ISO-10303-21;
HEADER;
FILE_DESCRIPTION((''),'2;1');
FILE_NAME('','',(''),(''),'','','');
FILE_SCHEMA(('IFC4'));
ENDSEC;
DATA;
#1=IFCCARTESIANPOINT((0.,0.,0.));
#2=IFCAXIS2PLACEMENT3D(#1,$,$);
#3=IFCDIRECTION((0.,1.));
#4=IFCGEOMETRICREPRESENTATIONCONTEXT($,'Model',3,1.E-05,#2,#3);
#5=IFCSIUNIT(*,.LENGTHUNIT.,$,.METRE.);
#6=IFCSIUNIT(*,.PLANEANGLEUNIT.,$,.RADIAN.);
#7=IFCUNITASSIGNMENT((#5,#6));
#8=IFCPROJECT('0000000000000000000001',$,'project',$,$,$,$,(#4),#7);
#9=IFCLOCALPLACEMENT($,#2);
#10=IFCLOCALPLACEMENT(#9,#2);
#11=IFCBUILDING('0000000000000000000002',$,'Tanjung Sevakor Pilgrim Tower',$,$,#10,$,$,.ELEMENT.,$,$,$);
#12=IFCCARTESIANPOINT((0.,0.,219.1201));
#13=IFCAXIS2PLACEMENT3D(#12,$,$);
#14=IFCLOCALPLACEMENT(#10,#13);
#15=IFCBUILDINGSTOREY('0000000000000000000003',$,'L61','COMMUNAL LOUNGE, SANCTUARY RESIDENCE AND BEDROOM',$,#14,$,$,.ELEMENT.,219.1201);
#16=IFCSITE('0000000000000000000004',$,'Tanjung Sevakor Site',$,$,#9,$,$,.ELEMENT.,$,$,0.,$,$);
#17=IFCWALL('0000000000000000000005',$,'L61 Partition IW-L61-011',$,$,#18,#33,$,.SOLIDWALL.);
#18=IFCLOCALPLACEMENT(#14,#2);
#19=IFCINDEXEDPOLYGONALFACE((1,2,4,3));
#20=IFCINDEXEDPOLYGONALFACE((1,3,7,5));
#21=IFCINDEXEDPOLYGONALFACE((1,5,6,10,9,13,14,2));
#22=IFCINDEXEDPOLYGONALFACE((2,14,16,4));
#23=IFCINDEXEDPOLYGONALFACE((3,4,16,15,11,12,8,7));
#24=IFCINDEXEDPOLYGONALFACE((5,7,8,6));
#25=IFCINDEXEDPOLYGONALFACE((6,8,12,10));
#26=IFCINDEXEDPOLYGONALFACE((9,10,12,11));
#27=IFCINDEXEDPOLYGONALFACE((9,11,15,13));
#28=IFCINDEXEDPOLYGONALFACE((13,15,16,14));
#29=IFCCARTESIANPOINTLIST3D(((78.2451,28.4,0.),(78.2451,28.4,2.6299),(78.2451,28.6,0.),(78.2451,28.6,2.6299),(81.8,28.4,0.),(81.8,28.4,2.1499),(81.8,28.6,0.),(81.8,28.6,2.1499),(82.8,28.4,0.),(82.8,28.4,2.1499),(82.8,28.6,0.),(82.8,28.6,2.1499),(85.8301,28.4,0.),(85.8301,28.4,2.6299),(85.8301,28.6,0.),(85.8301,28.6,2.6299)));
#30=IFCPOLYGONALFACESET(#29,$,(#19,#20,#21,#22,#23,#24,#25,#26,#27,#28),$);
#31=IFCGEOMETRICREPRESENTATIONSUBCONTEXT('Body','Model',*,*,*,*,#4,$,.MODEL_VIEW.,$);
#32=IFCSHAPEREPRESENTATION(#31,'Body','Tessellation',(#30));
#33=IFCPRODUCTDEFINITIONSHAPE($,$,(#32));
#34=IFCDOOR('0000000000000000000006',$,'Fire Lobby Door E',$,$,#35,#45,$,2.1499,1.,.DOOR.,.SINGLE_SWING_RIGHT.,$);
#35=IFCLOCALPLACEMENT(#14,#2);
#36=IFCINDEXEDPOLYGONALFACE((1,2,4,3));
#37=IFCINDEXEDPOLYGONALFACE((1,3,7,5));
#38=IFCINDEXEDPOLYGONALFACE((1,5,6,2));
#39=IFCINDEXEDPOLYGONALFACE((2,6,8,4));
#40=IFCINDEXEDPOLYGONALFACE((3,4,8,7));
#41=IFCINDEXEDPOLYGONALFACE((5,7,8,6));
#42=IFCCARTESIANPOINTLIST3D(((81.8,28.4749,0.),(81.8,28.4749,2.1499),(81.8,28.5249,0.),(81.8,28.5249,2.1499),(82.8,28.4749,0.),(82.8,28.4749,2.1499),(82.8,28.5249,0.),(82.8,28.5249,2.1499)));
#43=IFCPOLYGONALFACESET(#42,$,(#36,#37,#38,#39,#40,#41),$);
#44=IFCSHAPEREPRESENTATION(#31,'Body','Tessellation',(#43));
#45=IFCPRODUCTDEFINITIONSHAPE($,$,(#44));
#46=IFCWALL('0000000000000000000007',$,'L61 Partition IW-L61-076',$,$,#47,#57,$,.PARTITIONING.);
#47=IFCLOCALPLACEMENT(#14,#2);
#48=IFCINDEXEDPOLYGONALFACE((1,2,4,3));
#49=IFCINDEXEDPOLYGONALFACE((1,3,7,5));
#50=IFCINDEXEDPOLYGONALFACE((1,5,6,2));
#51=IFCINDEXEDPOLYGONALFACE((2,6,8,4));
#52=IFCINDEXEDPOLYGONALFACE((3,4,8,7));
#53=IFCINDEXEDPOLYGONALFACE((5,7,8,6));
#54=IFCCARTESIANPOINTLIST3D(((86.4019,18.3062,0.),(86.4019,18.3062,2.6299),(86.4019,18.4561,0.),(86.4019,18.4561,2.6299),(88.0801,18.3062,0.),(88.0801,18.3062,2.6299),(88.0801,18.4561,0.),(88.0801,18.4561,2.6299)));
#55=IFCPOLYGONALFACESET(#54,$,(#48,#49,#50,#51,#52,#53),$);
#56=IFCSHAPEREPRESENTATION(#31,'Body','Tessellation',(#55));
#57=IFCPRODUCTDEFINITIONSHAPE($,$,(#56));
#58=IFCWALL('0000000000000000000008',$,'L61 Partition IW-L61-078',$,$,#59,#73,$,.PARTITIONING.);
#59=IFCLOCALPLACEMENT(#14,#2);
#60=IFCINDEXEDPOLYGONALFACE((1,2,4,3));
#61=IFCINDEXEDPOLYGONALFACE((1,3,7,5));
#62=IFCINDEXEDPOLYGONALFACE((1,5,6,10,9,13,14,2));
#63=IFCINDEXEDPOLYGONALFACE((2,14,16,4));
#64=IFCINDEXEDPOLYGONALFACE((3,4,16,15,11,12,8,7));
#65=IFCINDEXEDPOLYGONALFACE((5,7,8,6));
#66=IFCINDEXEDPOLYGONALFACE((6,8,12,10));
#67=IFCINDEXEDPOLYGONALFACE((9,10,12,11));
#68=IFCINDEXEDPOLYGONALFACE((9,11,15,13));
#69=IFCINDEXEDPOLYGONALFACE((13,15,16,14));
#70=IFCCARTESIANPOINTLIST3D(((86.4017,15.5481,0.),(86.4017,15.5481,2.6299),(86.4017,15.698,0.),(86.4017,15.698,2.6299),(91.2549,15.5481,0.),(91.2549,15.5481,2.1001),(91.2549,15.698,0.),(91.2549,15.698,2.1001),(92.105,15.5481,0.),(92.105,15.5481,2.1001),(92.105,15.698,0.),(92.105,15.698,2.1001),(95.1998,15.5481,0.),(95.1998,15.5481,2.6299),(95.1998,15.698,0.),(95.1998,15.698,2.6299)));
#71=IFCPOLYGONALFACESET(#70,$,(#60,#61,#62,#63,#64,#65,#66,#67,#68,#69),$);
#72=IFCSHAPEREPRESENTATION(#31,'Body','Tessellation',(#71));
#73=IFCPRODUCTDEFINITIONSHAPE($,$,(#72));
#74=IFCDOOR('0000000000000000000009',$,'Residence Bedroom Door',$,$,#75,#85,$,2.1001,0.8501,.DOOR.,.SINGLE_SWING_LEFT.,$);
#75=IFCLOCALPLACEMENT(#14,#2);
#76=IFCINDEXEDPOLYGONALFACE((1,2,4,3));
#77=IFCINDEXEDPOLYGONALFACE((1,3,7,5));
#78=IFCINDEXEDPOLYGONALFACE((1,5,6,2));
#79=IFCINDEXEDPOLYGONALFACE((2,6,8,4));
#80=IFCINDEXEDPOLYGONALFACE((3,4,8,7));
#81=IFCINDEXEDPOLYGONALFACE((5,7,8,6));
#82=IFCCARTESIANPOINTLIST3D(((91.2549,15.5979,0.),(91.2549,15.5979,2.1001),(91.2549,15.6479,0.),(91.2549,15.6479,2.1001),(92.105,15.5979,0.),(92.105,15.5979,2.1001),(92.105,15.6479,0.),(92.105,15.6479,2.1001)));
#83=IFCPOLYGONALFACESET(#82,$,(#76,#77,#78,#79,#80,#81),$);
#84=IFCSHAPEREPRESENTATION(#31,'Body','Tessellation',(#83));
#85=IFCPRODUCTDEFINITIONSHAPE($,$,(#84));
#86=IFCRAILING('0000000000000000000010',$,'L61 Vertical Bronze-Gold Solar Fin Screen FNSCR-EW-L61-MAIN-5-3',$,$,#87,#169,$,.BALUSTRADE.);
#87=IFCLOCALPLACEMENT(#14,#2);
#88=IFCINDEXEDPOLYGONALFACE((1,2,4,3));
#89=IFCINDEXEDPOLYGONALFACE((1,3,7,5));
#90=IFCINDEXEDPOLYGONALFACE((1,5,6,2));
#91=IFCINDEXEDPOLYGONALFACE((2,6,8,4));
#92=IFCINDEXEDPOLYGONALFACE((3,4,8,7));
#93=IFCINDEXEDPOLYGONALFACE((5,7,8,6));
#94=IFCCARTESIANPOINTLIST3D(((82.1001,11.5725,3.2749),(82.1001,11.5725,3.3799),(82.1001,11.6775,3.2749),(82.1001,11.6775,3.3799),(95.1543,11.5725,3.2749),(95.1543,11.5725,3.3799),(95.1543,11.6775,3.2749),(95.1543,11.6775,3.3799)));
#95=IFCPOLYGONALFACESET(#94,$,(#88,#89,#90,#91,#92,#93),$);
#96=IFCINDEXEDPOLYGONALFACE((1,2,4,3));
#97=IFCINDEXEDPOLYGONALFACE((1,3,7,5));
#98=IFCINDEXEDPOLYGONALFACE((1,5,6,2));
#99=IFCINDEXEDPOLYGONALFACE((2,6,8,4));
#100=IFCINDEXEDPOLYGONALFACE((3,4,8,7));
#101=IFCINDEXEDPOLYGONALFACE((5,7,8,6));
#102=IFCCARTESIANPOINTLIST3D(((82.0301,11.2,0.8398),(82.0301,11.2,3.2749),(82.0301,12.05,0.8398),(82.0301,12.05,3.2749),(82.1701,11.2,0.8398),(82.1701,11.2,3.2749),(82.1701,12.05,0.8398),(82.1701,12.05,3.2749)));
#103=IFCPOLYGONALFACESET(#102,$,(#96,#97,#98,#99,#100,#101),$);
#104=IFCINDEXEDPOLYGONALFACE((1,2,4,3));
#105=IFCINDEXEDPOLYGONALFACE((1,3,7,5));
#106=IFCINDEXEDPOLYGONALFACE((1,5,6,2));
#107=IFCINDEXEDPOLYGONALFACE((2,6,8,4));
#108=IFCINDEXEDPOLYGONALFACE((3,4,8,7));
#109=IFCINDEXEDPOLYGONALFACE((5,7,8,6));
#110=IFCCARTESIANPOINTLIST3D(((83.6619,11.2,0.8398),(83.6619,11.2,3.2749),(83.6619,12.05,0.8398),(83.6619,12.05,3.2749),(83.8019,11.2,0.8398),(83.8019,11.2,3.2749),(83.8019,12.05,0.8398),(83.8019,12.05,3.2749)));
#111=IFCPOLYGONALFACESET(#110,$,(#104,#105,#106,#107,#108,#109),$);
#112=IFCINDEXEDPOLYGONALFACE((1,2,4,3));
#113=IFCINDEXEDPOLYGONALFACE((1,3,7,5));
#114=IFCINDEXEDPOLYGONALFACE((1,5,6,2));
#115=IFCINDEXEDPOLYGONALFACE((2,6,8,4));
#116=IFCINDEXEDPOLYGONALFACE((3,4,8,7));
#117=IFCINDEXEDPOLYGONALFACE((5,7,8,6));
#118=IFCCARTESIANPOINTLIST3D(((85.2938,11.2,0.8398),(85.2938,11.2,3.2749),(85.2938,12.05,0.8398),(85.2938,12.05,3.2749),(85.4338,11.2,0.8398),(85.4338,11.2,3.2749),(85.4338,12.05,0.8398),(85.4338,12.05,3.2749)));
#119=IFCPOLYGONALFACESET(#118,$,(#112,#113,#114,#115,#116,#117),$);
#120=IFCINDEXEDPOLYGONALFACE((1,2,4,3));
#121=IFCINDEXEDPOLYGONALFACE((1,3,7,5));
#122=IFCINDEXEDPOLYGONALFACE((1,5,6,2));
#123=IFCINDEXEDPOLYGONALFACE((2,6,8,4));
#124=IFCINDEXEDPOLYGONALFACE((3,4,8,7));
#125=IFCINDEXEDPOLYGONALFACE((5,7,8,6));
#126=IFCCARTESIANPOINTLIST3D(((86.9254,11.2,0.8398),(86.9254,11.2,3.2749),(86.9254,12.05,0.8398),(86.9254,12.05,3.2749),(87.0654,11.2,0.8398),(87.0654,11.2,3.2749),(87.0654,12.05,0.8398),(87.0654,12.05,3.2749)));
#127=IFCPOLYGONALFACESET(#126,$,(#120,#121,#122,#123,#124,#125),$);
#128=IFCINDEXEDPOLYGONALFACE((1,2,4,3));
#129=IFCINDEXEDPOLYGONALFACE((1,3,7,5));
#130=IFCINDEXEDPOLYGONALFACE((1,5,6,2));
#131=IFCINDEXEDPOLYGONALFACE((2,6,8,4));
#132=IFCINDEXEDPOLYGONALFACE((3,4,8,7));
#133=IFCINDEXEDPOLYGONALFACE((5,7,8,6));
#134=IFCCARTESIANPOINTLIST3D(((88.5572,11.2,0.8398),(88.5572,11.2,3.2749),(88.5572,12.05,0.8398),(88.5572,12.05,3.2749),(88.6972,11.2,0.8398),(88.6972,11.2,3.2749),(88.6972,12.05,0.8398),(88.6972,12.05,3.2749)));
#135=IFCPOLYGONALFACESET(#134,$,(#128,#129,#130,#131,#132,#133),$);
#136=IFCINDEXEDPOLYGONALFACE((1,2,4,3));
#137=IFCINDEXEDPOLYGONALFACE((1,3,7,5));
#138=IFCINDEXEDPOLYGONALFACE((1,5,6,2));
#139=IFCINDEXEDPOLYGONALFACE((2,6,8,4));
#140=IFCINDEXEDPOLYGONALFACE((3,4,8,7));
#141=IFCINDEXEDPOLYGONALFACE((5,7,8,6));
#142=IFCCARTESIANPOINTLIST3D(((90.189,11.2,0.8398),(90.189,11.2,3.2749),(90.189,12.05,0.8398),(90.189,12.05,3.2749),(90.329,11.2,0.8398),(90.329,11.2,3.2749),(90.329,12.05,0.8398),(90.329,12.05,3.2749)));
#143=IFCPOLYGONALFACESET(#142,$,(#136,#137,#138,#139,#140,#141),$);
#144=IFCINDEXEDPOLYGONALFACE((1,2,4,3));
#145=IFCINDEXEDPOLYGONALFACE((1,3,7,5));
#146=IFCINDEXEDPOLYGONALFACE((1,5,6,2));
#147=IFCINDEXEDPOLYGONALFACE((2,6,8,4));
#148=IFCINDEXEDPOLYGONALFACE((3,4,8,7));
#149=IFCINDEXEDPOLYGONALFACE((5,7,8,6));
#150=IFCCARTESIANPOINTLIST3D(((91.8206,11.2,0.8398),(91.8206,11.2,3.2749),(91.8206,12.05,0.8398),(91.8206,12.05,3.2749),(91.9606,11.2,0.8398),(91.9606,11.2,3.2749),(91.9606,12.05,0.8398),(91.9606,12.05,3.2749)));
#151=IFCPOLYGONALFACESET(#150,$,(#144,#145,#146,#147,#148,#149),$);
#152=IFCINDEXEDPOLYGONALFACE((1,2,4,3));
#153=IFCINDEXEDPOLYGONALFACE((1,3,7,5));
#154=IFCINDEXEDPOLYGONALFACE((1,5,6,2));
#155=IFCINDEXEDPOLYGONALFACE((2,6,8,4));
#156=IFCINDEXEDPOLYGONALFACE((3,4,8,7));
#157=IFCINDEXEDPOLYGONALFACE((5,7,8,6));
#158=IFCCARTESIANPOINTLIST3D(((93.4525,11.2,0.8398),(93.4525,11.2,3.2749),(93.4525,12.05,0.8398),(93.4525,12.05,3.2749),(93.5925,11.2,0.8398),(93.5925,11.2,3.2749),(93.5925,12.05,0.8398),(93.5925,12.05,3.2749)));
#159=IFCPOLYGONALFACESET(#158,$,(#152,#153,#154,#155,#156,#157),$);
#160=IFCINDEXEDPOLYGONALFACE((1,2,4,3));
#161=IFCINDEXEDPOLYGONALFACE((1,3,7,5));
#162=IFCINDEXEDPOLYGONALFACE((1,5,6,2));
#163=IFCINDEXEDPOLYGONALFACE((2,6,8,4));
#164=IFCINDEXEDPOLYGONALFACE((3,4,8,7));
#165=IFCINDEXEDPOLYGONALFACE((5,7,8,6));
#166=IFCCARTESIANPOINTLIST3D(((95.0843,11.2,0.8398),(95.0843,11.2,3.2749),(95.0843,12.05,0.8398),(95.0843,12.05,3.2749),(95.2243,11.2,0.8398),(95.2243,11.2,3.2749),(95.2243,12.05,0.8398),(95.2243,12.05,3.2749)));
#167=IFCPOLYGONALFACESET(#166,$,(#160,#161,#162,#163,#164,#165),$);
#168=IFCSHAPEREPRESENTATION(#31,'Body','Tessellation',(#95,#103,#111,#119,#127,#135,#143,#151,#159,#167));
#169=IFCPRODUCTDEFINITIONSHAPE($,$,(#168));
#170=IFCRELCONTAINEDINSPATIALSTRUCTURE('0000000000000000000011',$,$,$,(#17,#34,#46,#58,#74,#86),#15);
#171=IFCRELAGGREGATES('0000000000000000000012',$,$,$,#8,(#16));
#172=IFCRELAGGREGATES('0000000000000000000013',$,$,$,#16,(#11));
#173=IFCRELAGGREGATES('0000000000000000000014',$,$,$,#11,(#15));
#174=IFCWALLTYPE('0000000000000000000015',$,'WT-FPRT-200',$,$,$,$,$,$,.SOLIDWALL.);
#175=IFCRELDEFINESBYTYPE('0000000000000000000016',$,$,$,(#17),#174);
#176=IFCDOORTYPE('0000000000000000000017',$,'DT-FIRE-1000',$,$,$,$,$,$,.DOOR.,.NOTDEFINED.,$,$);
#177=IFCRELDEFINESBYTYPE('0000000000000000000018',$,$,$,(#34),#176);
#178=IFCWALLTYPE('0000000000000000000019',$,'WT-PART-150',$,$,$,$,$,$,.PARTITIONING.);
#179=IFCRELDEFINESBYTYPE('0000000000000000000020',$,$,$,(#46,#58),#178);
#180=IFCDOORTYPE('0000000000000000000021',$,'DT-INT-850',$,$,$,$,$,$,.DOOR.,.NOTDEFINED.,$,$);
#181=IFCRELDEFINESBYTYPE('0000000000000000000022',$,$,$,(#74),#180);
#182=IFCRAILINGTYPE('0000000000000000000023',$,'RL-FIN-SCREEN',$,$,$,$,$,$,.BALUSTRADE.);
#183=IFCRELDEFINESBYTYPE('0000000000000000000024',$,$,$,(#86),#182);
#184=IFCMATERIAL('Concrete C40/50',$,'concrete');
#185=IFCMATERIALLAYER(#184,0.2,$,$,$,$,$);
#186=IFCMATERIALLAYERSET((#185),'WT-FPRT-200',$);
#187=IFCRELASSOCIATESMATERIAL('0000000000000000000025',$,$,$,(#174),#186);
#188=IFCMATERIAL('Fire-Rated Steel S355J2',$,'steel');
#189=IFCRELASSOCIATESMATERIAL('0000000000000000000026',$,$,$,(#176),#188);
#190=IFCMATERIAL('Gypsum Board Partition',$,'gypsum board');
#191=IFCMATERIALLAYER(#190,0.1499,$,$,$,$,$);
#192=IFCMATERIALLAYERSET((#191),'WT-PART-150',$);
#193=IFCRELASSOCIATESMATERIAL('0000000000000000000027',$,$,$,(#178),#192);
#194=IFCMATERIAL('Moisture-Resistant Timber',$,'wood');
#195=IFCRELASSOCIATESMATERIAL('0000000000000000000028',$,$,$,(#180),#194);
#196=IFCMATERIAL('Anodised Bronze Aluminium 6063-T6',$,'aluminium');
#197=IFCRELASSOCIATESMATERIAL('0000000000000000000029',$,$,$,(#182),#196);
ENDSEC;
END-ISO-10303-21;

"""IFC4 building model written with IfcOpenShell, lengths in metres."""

from ifc_helpers import new_model, si_unit, direction, frame, frame_2d, origin, place, context, subcontext, project, spatial, rectangle, extrude, material, layer, layer_set, type_object, element, fill, save


model = new_model("IFC4")

# Units and contexts
model_context = context("Model", 3, precision=1e-05, world=origin(), true_north=direction((0.0, 1.0)))
body_context = subcontext(model_context, "Body", "Model", "MODEL_VIEW")
ifc_project = project(units=[si_unit("LENGTHUNIT", "METRE"), si_unit("PLANEANGLEUNIT", "RADIAN")], contexts=[model_context])

# Site, building, storey
site_placement = place(None, origin())
site = spatial("IfcSite", under=ifc_project, at=site_placement, Name="Tanjung Sevakor Site", CompositionType="ELEMENT", RefElevation=0.0)
building_placement = place(site_placement, origin())
building = spatial("IfcBuilding", under=site, at=building_placement, Name="Tanjung Sevakor Pilgrim Tower", CompositionType="ELEMENT")
storey_placement = place(building_placement, frame((0.0, 0.0, 219.1201)))
storey = spatial("IfcBuildingStorey", under=building, at=storey_placement, Name="L61", Description="COMMUNAL LOUNGE, SANCTUARY RESIDENCE AND BEDROOM", CompositionType="ELEMENT", Elevation=219.1201)

# Wall, opening, door
ifc_material_1 = material(Name="Concrete C40/50", Category="concrete")
ifc_layer_1 = layer(ifc_material_1, 0.2)
ifc_layer_set_1 = layer_set([ifc_layer_1], Name="WT-FPRT-200")
wall_type_1 = type_object("IfcWallType", Name="WT-FPRT-200", PredefinedType="SOLIDWALL", material=ifc_layer_set_1)
wall_1_placement = place(storey_placement, frame((78.2451, 28.5, 0.0), z_axis=(0.0, 0.0, 1.0), x_axis=(1.0, 0.0, 0.0)))
wall_1 = element("IfcWall", 1, at=wall_1_placement, inside=storey, type_object=wall_type_1, Name="L61 Partition IW-L61-011", PredefinedType="SOLIDWALL", context=body_context, shape_type="SweptSolid", body=[
    extrude(rectangle(XDim=7.585, YDim=0.2, at=frame_2d((3.7925, 0.0))), origin(), (0.0, 0.0, 1.0), 2.6299),
])
opening_1_placement = place(wall_1_placement, frame((3.5549, 0.0, 0.0)))
opening_1 = element("IfcOpeningElement", 2, at=opening_1_placement, cuts=wall_1, PredefinedType="OPENING", context=body_context, shape_type="SweptSolid", body=[
    extrude(rectangle(XDim=1.0, YDim=2.1499, at=frame_2d((0.5, 1.075))), frame((0.0, 0.1099, 0.0), z_axis=(0.0, -1.0, 0.0), x_axis=(1.0, 0.0, 0.0)), (0.0, 0.0, 1.0), 0.22),
])
ifc_material_2 = material(Name="Fire-Rated Steel S355J2", Category="steel")
door_type_1 = type_object("IfcDoorType", Name="DT-FIRE-1000", OperationType="NOTDEFINED", PredefinedType="DOOR", material=ifc_material_2)
door_1_placement = place(opening_1_placement, origin())
door_1 = element("IfcDoor", 3, at=door_1_placement, inside=storey, type_object=door_type_1, Name="Fire Lobby Door E", OperationType="SINGLE_SWING_RIGHT", OverallHeight=2.1499, OverallWidth=1.0, PredefinedType="DOOR", context=body_context, shape_type="SweptSolid", body=[
    extrude(rectangle(XDim=1.0, YDim=2.1499, at=frame_2d((0.5, 1.075))), frame((0.0, 0.0249, 0.0), z_axis=(0.0, -1.0, 0.0), x_axis=(1.0, 0.0, 0.0)), (0.0, 0.0, 1.0), 0.05),
])
fill(opening_1, door_1)

# Wall
ifc_material_3 = material(Name="Gypsum Board Partition", Category="gypsum board")
ifc_layer_2 = layer(ifc_material_3, 0.1499)
ifc_layer_set_2 = layer_set([ifc_layer_2], Name="WT-PART-150")
wall_type_2 = type_object("IfcWallType", Name="WT-PART-150", PredefinedType="PARTITIONING", material=ifc_layer_set_2)
wall_2_placement = place(storey_placement, frame((86.4019, 18.3811, 0.0), z_axis=(0.0, 0.0, 1.0), x_axis=(1.0, 0.0, 0.0)))
element("IfcWall", 4, at=wall_2_placement, inside=storey, type_object=wall_type_2, Name="L61 Partition IW-L61-076", PredefinedType="PARTITIONING", context=body_context, shape_type="SweptSolid", body=[
    extrude(rectangle(XDim=1.6782, YDim=0.1499, at=frame_2d((0.8391, 0.0))), origin(), (0.0, 0.0, 1.0), 2.6299),
])

# Wall, opening, door
wall_3_placement = place(storey_placement, frame((86.4019, 15.623, 0.0), z_axis=(0.0, 0.0, 1.0), x_axis=(1.0, 0.0, 0.0)))
wall_3 = element("IfcWall", 5, at=wall_3_placement, inside=storey, type_object=wall_type_2, Name="L61 Partition IW-L61-078", PredefinedType="PARTITIONING", context=body_context, shape_type="SweptSolid", body=[
    extrude(rectangle(XDim=8.7981, YDim=0.1499, at=frame_2d((4.3989, 0.0))), origin(), (0.0, 0.0, 1.0), 2.6299),
])
opening_2_placement = place(wall_3_placement, frame((4.853, 0.0, 0.0)))
opening_2 = element("IfcOpeningElement", 6, at=opening_2_placement, cuts=wall_3, PredefinedType="OPENING", context=body_context, shape_type="SweptSolid", body=[
    extrude(rectangle(XDim=0.8501, YDim=2.1001, at=frame_2d((0.425, 1.05))), frame((0.0, 0.085, 0.0), z_axis=(0.0, -1.0, 0.0), x_axis=(1.0, 0.0, 0.0)), (0.0, 0.0, 1.0), 0.1699),
])
ifc_material_4 = material(Name="Moisture-Resistant Timber", Category="wood")
door_type_2 = type_object("IfcDoorType", Name="DT-INT-850", OperationType="NOTDEFINED", PredefinedType="DOOR", material=ifc_material_4)
door_2_placement = place(opening_2_placement, origin())
door_2 = element("IfcDoor", 7, at=door_2_placement, inside=storey, type_object=door_type_2, Name="Residence Bedroom Door", OperationType="SINGLE_SWING_LEFT", OverallHeight=2.1001, OverallWidth=0.8501, PredefinedType="DOOR", context=body_context, shape_type="SweptSolid", body=[
    extrude(rectangle(XDim=0.8501, YDim=2.1001, at=frame_2d((0.425, 1.05))), frame((0.0, 0.0249, 0.0), z_axis=(0.0, -1.0, 0.0), x_axis=(1.0, 0.0, 0.0)), (0.0, 0.0, 1.0), 0.05),
])
fill(opening_2, door_2)

# Railing
ifc_material_5 = material(Name="Anodised Bronze Aluminium 6063-T6", Category="aluminium")
railing_type_1 = type_object("IfcRailingType", Name="RL-FIN-SCREEN", PredefinedType="BALUSTRADE", material=ifc_material_5)
railing_1_placement = place(storey_placement, frame((82.1001, 11.625, 0.8398)))
element("IfcRailing", 8, at=railing_1_placement, inside=storey, type_object=railing_type_1, Name="L61 Vertical Bronze-Gold Solar Fin Screen FNSCR-EW-L61-MAIN-5-3", PredefinedType="BALUSTRADE", context=body_context, shape_type="SweptSolid", body=[
    extrude(rectangle(XDim=0.105, YDim=0.105), frame((0.0, 0.0, 2.4875), z_axis=(1.0, 0.0, 0.0), x_axis=(0.0, 1.0, 0.0)), (0.0, 0.0, 1.0), 13.0542),
    extrude(rectangle(XDim=0.14, YDim=0.85), origin(), (0.0, 0.0, 1.0), 2.4351),
    extrude(rectangle(XDim=0.14, YDim=0.85), frame((1.6318, 0.0, 0.0)), (0.0, 0.0, 1.0), 2.4351),
    extrude(rectangle(XDim=0.14, YDim=0.85), frame((3.2637, 0.0, 0.0)), (0.0, 0.0, 1.0), 2.4351),
    extrude(rectangle(XDim=0.14, YDim=0.85), frame((4.8953, 0.0, 0.0)), (0.0, 0.0, 1.0), 2.4351),
    extrude(rectangle(XDim=0.14, YDim=0.85), frame((6.5271, 0.0, 0.0)), (0.0, 0.0, 1.0), 2.4351),
    extrude(rectangle(XDim=0.14, YDim=0.85), frame((8.1589, 0.0, 0.0)), (0.0, 0.0, 1.0), 2.4351),
    extrude(rectangle(XDim=0.14, YDim=0.85), frame((9.7905, 0.0, 0.0)), (0.0, 0.0, 1.0), 2.4351),
    extrude(rectangle(XDim=0.14, YDim=0.85), frame((11.4224, 0.0, 0.0)), (0.0, 0.0, 1.0), 2.4351),
    extrude(rectangle(XDim=0.14, YDim=0.85), frame((13.0542, 0.0, 0.0)), (0.0, 0.0, 1.0), 2.4351),
])

save(model, "model.ifc")
